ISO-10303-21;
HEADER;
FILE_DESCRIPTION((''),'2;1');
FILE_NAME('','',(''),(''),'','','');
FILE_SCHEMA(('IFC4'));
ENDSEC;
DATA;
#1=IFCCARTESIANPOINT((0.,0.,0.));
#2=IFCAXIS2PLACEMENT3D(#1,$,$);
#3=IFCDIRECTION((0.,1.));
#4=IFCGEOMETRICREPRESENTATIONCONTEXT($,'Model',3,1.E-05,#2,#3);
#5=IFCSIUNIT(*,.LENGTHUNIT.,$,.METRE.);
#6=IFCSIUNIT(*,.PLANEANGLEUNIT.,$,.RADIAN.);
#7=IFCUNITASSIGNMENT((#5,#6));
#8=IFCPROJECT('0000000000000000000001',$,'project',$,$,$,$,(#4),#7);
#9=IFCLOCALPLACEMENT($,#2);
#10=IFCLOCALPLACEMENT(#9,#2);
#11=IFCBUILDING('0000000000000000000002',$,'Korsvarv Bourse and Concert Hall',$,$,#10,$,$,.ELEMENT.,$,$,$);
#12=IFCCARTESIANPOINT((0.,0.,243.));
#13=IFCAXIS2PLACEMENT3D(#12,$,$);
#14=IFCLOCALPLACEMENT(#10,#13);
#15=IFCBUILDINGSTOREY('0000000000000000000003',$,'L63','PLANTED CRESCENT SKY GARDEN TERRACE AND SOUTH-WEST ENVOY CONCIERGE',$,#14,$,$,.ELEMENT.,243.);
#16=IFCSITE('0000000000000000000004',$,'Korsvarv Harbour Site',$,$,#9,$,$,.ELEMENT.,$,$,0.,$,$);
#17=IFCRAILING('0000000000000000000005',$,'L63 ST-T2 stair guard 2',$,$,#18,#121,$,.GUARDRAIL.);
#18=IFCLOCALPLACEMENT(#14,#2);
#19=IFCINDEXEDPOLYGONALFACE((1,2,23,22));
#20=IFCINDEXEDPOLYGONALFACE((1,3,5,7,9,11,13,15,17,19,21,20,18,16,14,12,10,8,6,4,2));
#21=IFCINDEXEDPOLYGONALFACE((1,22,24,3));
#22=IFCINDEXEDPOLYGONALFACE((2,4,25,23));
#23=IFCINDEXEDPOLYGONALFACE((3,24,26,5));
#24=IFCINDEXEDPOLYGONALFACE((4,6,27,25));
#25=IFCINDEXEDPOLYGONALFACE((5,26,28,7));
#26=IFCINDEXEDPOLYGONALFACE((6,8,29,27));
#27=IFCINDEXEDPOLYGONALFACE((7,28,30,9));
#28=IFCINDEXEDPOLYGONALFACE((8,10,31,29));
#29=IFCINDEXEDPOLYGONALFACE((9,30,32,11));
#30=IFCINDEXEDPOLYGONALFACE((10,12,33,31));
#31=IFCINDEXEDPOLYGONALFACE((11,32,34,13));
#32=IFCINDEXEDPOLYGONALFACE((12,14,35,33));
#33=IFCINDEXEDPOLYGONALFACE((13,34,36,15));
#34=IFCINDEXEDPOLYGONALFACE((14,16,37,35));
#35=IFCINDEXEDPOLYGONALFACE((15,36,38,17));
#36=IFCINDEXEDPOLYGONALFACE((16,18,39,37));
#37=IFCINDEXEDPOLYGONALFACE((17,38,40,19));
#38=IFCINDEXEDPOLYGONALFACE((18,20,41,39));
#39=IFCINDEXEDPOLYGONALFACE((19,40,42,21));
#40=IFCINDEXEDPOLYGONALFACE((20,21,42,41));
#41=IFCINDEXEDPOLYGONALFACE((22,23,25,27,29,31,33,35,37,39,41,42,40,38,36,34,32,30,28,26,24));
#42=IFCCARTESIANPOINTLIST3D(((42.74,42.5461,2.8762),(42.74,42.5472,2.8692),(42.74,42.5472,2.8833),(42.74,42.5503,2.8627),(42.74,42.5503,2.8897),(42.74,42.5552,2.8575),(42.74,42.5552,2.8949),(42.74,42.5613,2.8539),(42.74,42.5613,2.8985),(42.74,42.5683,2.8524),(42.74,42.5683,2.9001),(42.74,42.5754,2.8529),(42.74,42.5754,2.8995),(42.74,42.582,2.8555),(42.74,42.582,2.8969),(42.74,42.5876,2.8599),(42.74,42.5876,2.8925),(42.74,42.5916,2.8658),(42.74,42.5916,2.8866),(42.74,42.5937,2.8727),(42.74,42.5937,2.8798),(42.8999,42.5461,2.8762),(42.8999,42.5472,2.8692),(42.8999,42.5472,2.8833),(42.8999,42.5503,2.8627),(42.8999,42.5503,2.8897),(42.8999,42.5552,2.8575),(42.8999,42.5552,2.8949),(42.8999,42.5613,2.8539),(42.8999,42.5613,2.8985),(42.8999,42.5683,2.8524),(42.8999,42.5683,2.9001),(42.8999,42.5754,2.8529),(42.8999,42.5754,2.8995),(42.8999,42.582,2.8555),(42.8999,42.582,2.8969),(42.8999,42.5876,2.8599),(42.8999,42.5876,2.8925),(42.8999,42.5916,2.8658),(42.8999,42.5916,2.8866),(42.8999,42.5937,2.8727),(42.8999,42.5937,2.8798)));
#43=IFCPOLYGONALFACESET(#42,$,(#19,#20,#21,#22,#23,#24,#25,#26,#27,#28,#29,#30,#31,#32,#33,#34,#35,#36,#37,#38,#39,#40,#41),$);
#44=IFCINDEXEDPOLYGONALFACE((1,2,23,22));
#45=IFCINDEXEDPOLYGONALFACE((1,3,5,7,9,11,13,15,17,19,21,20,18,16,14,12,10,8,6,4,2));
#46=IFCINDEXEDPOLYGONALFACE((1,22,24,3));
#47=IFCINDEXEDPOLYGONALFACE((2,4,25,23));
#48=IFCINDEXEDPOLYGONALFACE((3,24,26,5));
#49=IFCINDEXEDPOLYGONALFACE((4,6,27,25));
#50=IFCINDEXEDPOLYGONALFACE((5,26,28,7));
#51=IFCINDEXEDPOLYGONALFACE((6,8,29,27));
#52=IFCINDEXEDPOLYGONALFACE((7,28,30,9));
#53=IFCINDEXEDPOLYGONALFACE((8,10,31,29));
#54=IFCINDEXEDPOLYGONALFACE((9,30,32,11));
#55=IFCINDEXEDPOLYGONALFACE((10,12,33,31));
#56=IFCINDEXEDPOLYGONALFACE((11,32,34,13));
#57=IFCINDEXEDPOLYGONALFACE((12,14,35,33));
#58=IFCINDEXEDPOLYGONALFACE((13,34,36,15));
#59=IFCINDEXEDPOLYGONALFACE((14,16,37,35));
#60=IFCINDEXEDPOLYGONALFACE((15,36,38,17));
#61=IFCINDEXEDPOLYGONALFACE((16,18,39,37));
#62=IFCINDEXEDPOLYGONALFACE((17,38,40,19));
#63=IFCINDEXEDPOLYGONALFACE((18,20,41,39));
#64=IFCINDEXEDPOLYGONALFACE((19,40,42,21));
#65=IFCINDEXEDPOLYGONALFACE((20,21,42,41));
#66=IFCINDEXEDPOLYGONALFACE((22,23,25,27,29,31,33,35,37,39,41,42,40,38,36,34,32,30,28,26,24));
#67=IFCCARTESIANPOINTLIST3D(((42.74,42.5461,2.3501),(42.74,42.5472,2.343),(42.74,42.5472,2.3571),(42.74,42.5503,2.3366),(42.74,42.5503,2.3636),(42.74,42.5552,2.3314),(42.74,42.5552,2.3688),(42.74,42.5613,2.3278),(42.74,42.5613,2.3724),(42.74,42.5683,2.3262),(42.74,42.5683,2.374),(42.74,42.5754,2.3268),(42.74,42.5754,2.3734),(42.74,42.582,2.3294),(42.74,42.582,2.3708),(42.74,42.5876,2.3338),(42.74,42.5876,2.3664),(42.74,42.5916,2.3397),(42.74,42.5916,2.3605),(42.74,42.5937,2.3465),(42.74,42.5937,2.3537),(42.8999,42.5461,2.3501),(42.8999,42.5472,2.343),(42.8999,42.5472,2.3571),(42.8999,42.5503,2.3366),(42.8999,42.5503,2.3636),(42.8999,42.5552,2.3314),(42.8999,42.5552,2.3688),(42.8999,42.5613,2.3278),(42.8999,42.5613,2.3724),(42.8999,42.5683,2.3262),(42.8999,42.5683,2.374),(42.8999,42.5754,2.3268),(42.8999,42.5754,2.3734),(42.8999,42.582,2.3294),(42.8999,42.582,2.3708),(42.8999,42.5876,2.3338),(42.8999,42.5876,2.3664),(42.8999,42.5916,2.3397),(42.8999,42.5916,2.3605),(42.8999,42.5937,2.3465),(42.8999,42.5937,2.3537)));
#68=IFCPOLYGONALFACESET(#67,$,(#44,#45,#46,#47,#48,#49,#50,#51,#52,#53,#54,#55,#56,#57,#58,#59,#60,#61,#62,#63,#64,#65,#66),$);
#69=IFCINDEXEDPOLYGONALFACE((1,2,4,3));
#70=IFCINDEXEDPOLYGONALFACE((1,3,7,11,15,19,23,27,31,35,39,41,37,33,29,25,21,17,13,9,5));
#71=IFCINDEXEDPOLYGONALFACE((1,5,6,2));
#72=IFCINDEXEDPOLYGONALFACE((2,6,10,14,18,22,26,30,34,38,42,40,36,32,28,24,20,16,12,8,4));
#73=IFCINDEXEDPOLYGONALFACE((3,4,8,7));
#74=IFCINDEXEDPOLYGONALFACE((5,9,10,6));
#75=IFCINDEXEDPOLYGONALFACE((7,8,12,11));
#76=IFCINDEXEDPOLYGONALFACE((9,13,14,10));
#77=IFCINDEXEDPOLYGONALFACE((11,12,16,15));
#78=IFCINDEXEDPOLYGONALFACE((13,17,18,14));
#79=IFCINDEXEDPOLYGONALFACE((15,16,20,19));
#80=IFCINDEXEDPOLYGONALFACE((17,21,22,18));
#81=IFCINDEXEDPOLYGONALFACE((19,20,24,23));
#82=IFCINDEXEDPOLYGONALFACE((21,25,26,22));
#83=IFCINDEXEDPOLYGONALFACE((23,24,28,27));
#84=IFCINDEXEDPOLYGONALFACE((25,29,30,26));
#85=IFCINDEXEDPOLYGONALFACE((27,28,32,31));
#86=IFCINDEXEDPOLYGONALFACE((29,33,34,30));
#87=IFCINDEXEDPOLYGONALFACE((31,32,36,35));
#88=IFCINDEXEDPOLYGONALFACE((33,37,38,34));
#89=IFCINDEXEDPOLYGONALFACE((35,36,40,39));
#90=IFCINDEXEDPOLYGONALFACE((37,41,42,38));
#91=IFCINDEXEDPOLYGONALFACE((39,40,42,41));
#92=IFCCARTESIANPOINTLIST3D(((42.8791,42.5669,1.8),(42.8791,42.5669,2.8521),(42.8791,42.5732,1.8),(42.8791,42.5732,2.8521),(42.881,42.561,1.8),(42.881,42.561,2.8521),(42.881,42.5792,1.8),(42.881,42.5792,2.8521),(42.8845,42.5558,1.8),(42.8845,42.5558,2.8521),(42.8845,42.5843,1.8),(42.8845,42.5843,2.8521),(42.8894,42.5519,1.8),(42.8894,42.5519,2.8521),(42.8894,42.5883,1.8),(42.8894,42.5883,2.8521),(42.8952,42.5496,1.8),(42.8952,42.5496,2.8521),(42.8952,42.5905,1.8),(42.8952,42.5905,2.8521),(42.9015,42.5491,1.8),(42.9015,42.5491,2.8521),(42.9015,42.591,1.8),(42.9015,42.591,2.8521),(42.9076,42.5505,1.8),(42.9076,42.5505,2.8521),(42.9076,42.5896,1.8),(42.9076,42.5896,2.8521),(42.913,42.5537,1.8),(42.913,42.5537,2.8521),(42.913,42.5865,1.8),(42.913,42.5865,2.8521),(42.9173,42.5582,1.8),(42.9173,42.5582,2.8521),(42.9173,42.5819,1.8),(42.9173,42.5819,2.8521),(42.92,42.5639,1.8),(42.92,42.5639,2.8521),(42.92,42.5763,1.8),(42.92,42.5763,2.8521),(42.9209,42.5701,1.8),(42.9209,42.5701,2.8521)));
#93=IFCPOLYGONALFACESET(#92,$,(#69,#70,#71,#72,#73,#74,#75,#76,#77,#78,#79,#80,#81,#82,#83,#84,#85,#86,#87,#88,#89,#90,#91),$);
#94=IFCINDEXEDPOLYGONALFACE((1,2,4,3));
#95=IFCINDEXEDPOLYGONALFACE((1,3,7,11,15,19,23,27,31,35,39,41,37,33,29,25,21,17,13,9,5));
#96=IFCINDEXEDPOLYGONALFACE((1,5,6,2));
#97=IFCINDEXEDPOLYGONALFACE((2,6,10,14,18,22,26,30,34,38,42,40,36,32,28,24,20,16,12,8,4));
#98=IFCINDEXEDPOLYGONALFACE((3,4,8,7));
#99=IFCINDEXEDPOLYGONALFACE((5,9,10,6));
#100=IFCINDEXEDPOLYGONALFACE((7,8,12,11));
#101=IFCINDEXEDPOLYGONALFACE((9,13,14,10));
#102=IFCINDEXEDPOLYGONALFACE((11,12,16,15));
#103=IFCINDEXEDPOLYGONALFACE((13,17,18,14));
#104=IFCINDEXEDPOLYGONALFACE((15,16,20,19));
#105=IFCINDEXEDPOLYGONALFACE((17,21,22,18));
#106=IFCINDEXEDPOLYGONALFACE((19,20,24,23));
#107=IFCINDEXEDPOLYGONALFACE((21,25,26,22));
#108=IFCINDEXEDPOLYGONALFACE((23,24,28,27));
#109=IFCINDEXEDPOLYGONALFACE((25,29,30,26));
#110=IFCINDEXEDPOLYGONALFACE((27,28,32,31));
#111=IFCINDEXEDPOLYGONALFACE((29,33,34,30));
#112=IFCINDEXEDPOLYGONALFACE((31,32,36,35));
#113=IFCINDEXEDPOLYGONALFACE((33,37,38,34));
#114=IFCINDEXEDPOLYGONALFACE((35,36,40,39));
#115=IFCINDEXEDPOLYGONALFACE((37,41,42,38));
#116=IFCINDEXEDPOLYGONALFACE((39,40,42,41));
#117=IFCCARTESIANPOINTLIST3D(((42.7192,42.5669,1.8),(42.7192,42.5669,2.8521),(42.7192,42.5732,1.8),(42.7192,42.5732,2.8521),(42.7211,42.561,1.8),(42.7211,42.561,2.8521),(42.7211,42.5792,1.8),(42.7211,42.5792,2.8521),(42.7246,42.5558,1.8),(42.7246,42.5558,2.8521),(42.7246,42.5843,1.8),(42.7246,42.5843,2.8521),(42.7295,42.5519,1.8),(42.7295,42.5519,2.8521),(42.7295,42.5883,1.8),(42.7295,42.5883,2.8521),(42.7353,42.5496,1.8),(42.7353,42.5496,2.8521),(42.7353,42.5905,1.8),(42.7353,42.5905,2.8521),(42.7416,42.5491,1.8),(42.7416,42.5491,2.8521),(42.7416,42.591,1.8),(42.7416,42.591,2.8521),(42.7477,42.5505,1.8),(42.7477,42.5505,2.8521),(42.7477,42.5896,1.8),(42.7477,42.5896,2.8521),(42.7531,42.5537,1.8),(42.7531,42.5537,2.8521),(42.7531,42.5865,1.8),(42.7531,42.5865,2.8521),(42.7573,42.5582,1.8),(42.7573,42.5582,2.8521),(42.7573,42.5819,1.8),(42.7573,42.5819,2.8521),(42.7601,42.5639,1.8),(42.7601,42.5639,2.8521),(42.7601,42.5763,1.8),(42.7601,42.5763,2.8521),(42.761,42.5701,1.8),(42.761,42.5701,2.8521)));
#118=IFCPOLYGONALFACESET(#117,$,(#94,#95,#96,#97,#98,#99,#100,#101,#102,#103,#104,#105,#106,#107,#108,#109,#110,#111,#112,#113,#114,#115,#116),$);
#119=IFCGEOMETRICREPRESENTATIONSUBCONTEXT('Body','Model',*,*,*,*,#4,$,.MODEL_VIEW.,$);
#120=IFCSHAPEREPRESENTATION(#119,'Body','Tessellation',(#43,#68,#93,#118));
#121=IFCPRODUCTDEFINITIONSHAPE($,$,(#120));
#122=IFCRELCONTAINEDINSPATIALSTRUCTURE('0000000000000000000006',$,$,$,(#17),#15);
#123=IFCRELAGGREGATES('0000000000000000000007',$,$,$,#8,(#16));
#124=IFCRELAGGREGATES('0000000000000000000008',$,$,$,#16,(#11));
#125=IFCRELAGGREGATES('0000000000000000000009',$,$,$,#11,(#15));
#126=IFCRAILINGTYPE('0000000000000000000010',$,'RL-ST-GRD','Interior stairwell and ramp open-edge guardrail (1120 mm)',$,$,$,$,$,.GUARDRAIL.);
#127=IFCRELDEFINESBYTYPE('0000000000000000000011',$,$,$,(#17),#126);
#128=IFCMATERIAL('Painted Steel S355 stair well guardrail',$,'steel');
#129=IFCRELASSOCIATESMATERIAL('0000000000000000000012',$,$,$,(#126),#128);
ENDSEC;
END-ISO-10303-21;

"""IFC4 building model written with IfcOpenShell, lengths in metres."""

from ifc_helpers import new_model, si_unit, direction, frame, origin, origin_2d, place, context, subcontext, project, spatial, circle, extrude, material, type_object, element, save


model = new_model("IFC4")

# Units and contexts
model_context = context("Model", 3, precision=1e-05, world=origin(), true_north=direction((0.0, 1.0)))
body_context = subcontext(model_context, "Body", "Model", "MODEL_VIEW")
ifc_project = project(units=[si_unit("LENGTHUNIT", "METRE"), si_unit("PLANEANGLEUNIT", "RADIAN")], contexts=[model_context])

# Site, building, storey
site_placement = place(None, origin())
site = spatial("IfcSite", under=ifc_project, at=site_placement, Name="Korsvarv Harbour Site", CompositionType="ELEMENT", RefElevation=0.0)
building_placement = place(site_placement, origin())
building = spatial("IfcBuilding", under=site, at=building_placement, Name="Korsvarv Bourse and Concert Hall", CompositionType="ELEMENT")
storey_placement = place(building_placement, frame((0.0, 0.0, 243.0)))
storey = spatial("IfcBuildingStorey", under=building, at=storey_placement, Name="L63", Description="PLANTED CRESCENT SKY GARDEN TERRACE AND SOUTH-WEST ENVOY CONCIERGE", CompositionType="ELEMENT", Elevation=243.0)

# Railing
ifc_material_1 = material(Name="Painted Steel S355 stair well guardrail", Category="steel")
railing_type_1 = type_object("IfcRailingType", Name="RL-ST-GRD", Description="Interior stairwell and ramp open-edge guardrail (1120 mm)", PredefinedType="GUARDRAIL", material=ifc_material_1)
railing_1_placement = place(storey_placement, frame((42.8999, 42.5701, 1.8)))
element("IfcRailing", 1, at=railing_1_placement, inside=storey, type_object=railing_type_1, Name="L63 ST-T2 stair guard 2", PredefinedType="GUARDRAIL", context=body_context, shape_type="SweptSolid", body=[
    extrude(circle(Radius=0.0239, at=origin_2d()), frame((0.0, 0.0, 1.0762), z_axis=(-1.0, 0.0, 0.0), x_axis=(0.0, -1.0, 0.0)), (0.0, 0.0, 1.0), 0.1599),
    extrude(circle(Radius=0.0239, at=origin_2d()), frame((0.0, 0.0, 0.55), z_axis=(-1.0, 0.0, 0.0), x_axis=(0.0, -1.0, 0.0)), (0.0, 0.0, 1.0), 0.1599),
    extrude(circle(Radius=0.021, at=origin_2d()), origin(), (0.0, 0.0, 1.0), 1.052),
    extrude(circle(Radius=0.021, at=origin_2d()), frame((-0.1599, 0.0, 0.0)), (0.0, 0.0, 1.0), 1.052),
])

save(model, "model.ifc")
